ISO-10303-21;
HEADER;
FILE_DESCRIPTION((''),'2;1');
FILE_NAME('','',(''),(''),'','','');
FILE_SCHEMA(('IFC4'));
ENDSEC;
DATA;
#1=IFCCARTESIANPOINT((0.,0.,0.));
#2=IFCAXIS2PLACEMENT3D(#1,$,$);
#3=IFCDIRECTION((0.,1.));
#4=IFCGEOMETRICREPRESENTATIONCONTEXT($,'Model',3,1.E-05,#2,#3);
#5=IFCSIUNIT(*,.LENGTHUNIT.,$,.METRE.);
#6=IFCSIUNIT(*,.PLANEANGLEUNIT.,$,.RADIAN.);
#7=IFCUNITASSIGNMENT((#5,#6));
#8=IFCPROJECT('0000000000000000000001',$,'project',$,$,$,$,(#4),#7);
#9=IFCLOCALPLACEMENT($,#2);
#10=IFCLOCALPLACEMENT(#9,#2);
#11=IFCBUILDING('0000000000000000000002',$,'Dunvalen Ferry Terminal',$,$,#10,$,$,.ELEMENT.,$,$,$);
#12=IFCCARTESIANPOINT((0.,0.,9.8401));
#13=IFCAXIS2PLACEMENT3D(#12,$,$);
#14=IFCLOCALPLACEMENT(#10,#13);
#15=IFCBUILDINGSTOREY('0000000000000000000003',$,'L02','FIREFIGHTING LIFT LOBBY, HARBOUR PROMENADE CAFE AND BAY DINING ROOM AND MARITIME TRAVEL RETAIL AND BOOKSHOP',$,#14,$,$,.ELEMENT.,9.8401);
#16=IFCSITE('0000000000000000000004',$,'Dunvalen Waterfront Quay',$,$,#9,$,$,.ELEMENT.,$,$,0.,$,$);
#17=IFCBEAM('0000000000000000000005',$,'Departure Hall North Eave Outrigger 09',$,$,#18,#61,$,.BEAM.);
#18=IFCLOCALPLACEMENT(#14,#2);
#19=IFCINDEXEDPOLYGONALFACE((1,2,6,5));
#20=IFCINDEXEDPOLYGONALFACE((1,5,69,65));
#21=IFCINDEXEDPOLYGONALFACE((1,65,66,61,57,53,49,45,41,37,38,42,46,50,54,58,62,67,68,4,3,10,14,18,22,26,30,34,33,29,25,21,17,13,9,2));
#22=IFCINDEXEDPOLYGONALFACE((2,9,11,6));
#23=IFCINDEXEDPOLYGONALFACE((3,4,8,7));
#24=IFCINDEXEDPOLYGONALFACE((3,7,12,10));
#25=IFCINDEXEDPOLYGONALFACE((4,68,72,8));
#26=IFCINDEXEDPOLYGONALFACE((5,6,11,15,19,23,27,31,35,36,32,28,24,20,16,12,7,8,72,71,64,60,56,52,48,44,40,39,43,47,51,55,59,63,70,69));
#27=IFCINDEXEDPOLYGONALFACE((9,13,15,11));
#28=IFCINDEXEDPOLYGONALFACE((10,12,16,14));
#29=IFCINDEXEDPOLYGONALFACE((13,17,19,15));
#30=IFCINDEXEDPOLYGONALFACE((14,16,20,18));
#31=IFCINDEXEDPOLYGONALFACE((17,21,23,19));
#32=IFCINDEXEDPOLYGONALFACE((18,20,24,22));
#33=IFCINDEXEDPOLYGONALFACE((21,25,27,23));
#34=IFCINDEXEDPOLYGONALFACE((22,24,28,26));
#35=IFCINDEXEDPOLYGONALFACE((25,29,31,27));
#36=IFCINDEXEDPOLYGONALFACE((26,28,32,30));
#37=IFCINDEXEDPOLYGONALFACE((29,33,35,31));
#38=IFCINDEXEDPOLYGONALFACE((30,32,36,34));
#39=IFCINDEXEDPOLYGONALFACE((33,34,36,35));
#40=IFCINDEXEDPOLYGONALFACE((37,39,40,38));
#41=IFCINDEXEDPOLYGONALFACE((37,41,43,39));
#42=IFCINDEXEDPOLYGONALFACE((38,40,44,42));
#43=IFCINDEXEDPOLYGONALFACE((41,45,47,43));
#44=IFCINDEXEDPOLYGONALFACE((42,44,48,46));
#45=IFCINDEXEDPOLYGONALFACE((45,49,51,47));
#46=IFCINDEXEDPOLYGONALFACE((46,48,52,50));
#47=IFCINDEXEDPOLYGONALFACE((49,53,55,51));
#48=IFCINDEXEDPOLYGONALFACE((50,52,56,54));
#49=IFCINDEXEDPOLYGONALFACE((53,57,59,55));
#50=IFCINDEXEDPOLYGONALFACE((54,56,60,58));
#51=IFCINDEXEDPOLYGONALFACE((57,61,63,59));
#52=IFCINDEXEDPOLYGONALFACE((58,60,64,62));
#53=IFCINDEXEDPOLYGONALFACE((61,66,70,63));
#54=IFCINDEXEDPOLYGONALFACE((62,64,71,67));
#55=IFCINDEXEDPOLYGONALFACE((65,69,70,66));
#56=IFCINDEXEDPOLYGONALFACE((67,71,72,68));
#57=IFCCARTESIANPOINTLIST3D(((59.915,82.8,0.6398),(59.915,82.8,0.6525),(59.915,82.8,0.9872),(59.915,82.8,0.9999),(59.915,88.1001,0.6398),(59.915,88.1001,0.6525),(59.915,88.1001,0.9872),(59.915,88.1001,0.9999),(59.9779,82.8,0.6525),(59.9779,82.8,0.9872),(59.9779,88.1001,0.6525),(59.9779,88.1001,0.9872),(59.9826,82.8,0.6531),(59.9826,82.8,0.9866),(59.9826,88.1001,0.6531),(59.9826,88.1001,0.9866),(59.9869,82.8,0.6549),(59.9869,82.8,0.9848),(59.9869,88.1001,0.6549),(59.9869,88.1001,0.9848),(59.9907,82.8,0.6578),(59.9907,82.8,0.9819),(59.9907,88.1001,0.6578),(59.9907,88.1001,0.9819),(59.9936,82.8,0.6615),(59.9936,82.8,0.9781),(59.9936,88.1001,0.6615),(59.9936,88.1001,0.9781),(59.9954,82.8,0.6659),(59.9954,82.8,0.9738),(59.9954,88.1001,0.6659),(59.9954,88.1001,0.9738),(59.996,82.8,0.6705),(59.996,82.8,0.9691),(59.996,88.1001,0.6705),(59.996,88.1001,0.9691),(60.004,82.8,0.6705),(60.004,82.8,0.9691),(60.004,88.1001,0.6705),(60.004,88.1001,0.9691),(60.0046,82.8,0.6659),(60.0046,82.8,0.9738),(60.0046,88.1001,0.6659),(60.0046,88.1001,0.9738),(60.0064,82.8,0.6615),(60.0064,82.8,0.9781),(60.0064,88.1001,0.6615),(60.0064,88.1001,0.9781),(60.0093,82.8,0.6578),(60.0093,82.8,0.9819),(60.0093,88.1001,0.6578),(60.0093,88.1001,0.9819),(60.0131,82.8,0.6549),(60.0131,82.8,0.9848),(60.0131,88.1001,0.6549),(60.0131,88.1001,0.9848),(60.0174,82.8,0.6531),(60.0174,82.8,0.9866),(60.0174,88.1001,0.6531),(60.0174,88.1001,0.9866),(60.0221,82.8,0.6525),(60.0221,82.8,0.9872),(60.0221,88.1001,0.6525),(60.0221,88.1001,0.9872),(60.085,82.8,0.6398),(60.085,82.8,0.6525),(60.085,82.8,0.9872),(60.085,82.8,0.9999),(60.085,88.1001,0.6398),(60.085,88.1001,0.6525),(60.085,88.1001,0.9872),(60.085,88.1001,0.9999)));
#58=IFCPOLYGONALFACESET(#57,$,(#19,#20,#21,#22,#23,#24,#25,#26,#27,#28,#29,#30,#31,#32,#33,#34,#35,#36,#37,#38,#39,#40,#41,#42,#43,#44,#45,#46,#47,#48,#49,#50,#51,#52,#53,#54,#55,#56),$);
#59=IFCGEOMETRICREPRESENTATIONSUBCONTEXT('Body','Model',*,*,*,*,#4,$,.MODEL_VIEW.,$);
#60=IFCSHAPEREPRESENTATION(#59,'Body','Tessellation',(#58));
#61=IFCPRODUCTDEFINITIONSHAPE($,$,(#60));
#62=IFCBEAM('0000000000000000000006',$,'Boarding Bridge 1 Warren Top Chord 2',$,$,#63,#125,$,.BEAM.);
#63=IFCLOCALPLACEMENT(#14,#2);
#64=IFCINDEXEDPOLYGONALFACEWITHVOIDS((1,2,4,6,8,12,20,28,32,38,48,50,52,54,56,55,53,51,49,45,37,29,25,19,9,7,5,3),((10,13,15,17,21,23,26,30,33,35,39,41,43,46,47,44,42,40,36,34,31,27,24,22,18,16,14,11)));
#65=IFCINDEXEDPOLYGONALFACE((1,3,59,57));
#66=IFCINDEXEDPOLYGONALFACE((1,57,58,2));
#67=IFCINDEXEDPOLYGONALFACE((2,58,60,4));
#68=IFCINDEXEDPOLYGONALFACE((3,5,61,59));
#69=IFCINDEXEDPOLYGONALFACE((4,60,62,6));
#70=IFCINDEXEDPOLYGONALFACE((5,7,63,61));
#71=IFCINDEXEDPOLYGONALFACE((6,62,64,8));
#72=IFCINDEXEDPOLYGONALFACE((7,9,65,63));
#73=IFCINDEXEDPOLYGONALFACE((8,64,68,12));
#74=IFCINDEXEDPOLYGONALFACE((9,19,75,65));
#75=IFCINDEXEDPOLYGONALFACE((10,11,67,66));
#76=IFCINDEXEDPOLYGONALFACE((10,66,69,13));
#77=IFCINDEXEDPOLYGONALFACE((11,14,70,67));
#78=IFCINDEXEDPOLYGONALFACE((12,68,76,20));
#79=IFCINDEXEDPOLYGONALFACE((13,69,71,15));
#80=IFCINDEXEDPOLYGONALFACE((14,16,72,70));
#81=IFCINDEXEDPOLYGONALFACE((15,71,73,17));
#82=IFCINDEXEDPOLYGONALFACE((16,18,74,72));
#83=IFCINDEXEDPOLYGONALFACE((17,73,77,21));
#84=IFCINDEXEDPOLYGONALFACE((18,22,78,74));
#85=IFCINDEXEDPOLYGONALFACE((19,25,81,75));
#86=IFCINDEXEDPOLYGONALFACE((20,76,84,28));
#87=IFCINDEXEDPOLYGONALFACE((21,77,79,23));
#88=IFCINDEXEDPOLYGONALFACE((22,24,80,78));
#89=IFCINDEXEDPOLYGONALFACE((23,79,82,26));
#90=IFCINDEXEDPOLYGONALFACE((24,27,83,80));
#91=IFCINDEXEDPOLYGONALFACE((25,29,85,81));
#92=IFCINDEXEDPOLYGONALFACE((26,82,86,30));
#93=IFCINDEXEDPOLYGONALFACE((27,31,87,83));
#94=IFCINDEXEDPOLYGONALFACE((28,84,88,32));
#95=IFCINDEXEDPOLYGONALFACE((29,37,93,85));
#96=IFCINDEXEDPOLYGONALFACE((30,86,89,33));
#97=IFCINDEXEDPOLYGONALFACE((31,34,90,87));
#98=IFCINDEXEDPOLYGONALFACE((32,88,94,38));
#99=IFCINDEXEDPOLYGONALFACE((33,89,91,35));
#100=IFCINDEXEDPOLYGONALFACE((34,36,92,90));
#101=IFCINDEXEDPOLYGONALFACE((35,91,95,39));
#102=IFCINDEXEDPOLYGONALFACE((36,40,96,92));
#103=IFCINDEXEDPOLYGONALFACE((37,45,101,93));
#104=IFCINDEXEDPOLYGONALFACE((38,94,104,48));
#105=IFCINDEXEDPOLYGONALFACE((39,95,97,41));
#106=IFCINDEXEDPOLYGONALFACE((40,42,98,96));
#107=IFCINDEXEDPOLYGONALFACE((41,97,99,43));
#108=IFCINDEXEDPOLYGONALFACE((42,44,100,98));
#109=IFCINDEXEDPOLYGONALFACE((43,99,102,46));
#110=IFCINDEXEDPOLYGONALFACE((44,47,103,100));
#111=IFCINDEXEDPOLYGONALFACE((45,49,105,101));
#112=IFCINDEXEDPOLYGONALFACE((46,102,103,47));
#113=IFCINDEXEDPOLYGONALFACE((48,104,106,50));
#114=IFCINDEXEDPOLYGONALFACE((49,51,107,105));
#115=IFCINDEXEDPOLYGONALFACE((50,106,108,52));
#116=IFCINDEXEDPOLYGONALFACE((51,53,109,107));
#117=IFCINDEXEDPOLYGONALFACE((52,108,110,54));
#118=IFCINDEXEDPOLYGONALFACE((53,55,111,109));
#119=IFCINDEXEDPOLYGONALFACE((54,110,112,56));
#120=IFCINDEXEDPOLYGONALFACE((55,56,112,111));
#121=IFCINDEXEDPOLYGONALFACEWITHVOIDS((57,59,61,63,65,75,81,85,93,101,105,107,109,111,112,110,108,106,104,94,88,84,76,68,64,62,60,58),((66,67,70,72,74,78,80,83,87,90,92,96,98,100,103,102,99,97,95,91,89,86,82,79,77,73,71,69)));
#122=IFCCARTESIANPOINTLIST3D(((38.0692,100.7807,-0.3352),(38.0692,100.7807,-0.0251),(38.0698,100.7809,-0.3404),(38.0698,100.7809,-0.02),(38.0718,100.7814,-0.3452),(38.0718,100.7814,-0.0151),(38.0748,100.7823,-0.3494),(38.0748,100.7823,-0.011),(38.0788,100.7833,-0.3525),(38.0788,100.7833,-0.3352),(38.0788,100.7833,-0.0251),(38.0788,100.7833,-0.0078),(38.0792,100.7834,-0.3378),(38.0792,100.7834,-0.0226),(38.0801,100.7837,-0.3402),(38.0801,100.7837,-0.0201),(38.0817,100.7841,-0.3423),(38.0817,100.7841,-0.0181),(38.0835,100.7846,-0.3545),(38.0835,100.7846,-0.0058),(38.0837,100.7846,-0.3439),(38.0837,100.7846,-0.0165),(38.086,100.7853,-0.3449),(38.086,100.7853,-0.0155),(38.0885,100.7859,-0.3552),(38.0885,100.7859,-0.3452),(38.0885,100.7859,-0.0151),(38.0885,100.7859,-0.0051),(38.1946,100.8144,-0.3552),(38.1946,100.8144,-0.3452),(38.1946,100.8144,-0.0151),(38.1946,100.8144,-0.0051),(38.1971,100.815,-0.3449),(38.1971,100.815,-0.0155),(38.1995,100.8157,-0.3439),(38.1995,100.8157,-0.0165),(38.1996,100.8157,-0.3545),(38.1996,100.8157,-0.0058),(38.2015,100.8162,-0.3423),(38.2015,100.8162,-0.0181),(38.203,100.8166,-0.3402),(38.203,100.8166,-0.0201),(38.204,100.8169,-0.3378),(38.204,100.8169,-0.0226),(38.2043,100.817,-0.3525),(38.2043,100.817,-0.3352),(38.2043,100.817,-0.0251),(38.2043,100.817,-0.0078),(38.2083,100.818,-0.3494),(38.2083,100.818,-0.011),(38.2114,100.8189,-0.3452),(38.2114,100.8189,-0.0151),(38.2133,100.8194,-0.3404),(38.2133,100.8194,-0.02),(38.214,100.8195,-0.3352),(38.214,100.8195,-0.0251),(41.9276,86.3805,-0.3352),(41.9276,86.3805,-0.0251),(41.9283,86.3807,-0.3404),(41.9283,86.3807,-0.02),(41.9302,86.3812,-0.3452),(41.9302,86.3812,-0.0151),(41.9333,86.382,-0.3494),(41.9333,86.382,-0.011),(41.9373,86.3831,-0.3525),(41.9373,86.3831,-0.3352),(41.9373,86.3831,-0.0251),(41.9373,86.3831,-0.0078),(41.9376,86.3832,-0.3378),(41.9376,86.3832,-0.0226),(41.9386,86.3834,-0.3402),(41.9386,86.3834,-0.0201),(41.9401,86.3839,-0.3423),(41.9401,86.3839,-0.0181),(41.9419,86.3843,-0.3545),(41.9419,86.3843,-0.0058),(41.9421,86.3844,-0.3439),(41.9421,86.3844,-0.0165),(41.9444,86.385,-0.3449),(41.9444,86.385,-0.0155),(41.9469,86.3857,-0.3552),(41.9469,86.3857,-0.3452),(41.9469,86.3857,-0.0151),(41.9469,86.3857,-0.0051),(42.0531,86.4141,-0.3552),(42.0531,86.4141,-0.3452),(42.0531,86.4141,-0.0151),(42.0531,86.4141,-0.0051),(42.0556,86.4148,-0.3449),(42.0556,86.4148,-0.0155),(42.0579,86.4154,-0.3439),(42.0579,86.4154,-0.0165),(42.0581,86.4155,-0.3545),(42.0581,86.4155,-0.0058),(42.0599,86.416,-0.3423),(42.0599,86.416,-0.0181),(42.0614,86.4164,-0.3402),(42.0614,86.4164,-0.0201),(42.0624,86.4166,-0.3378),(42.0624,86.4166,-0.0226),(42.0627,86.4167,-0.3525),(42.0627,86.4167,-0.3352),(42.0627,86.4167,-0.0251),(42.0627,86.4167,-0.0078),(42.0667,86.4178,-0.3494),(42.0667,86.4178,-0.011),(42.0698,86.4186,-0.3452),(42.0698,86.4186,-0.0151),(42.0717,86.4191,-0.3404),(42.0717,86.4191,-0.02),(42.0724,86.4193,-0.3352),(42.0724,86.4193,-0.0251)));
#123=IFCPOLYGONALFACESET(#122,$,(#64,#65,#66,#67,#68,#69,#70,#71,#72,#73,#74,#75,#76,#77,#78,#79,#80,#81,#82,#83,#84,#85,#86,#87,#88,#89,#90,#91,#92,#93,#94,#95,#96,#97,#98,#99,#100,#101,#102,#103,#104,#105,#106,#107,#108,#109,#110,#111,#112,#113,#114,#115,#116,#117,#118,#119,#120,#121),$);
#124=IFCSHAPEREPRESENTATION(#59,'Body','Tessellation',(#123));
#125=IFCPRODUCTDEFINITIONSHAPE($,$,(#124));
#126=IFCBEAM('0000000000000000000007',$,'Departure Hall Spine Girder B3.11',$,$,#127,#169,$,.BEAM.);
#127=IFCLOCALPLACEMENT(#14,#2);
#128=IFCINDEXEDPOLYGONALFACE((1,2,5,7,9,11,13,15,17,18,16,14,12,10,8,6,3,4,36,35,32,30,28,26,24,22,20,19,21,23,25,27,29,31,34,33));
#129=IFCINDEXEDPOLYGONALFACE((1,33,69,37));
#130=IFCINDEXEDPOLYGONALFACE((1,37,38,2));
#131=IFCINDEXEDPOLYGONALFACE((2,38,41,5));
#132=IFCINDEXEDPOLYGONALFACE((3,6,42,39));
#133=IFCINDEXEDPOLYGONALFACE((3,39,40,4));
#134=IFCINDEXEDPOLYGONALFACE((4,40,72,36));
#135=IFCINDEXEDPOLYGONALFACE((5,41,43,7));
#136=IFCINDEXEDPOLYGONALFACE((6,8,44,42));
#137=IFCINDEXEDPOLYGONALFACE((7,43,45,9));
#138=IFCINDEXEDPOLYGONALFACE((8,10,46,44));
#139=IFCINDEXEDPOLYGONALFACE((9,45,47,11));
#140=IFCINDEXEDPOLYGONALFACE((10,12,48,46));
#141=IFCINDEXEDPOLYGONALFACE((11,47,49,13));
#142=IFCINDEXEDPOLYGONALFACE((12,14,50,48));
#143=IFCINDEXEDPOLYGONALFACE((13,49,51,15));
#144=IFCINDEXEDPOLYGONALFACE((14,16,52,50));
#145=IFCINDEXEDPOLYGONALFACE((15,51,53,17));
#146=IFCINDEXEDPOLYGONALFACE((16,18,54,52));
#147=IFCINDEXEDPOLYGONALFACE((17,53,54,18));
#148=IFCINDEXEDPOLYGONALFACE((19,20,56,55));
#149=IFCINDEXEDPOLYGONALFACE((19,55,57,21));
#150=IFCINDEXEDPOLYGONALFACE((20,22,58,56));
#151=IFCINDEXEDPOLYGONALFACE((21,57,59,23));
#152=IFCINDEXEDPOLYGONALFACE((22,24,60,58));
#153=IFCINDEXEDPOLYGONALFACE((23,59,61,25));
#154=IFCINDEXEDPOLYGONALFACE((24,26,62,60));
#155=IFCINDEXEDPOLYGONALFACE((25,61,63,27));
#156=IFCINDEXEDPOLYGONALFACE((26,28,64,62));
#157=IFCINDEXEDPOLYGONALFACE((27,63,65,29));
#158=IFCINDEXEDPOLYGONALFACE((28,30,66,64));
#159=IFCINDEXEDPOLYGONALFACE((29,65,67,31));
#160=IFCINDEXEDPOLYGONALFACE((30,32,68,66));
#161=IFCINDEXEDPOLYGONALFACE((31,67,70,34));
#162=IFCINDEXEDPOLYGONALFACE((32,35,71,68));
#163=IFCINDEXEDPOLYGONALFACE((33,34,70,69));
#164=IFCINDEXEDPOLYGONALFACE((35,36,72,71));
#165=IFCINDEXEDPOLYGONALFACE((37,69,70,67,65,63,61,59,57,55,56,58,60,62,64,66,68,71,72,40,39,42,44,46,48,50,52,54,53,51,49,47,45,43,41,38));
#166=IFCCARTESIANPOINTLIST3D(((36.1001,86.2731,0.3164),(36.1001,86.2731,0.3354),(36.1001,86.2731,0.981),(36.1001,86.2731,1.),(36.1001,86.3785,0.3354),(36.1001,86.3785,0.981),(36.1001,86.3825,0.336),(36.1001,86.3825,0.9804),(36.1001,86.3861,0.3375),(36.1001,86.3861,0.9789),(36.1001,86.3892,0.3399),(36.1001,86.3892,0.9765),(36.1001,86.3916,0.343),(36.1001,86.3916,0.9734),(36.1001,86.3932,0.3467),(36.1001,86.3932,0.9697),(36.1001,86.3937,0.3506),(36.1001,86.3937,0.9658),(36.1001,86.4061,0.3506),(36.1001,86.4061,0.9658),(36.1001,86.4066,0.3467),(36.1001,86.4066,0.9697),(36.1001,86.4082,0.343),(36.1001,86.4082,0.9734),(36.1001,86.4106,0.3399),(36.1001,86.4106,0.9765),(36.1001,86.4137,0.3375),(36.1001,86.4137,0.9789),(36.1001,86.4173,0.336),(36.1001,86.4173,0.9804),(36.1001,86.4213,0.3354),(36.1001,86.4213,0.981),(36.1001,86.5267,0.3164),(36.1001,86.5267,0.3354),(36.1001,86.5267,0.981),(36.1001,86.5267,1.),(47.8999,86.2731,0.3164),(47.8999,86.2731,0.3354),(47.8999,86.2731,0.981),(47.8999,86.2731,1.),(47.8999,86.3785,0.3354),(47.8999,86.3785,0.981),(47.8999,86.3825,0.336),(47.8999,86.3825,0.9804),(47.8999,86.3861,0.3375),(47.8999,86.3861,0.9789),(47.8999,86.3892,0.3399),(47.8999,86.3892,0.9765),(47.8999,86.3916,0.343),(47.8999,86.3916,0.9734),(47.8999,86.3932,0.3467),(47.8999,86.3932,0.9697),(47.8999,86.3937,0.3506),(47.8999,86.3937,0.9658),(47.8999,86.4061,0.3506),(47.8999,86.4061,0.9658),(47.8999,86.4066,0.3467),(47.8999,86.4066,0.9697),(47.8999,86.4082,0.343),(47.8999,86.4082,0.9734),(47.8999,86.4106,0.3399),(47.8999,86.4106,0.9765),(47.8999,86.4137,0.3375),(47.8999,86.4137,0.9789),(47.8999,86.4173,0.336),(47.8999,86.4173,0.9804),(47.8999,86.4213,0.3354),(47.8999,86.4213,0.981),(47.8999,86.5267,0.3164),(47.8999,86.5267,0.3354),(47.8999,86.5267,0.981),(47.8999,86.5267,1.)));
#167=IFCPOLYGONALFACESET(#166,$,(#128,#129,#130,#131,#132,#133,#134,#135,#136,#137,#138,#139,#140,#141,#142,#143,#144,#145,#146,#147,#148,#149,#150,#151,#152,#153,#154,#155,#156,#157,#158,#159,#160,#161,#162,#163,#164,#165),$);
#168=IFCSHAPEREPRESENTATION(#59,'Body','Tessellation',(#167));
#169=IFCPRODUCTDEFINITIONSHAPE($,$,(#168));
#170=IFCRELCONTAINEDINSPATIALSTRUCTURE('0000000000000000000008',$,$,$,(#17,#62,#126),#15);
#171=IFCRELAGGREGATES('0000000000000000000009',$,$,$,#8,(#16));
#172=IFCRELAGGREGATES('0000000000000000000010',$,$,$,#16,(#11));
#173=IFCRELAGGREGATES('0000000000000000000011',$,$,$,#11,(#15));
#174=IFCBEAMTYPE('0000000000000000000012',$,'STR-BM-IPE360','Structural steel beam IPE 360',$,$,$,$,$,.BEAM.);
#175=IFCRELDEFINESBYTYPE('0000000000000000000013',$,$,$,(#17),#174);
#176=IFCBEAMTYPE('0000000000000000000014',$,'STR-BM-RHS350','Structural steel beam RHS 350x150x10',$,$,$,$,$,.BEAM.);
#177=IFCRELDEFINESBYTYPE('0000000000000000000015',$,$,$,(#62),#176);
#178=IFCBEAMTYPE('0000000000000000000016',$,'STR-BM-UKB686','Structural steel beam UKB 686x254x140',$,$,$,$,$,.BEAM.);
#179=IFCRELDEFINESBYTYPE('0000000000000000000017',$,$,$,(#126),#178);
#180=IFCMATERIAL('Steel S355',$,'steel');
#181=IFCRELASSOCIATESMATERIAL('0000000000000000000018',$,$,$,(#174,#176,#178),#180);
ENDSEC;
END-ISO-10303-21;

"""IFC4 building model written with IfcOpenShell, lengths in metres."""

from ifc_helpers import new_model, si_unit, direction, frame, origin, origin_2d, place, context, subcontext, project, spatial, hollow_rectangle, i_section, extrude, material, material_profile, profile_set, type_object, element, save


model = new_model("IFC4")

# Units and contexts
model_context = context("Model", 3, precision=1e-05, world=origin(), true_north=direction((0.0, 1.0)))
body_context = subcontext(model_context, "Body", "Model", "MODEL_VIEW")
ifc_project = project(units=[si_unit("LENGTHUNIT", "METRE"), si_unit("PLANEANGLEUNIT", "RADIAN")], contexts=[model_context])

# Site, building, storey
site_placement = place(None, origin())
site = spatial("IfcSite", under=ifc_project, at=site_placement, Name="Dunvalen Waterfront Quay", CompositionType="ELEMENT", RefElevation=0.0)
building_placement = place(site_placement, origin())
building = spatial("IfcBuilding", under=site, at=building_placement, Name="Dunvalen Ferry Terminal", CompositionType="ELEMENT")
storey_placement = place(building_placement, frame((0.0, 0.0, 9.8401)))
storey = spatial("IfcBuildingStorey", under=building, at=storey_placement, Name="L02", Description="FIREFIGHTING LIFT LOBBY, HARBOUR PROMENADE CAFE AND BAY DINING ROOM AND MARITIME TRAVEL RETAIL AND BOOKSHOP", CompositionType="ELEMENT", Elevation=9.8401)

# Beams
ifc_material_1 = material(Name="Steel S355", Category="steel")
ifc_material_profile_1 = material_profile(ifc_material_1, i_section(OverallWidth=0.1699, OverallDepth=0.3601, WebThickness=0.0081, FlangeThickness=0.0127, FilletRadius=0.0181, at=origin_2d()), Name="Steel S355")
ifc_profile_set_1 = profile_set([ifc_material_profile_1], Name="Steel S355")
beam_type_1 = type_object("IfcBeamType", Name="STR-BM-IPE360", Description="Structural steel beam IPE 360", PredefinedType="BEAM", material=ifc_profile_set_1)
beam_1_placement = place(storey_placement, frame((60.0, 82.8, 0.8198), z_axis=(0.0, 1.0, 0.0), x_axis=(-1.0, 0.0, 0.0)))
element("IfcBeam", 1, at=beam_1_placement, inside=storey, type_object=beam_type_1, Name="Departure Hall North Eave Outrigger 09", PredefinedType="BEAM", context=body_context, shape_type="SweptSolid", body=[
    extrude(i_section(OverallWidth=0.1699, OverallDepth=0.3601, WebThickness=0.0081, FlangeThickness=0.0127, FilletRadius=0.0181, at=origin_2d()), origin(), (0.0, 0.0, 1.0), 5.3),
])
ifc_material_profile_2 = material_profile(ifc_material_1, hollow_rectangle(XDim=0.1499, YDim=0.3501, WallThickness=0.01, InnerFilletRadius=0.01, OuterFilletRadius=0.02, at=origin_2d()), Name="Steel S355")
ifc_profile_set_2 = profile_set([ifc_material_profile_2], Name="Steel S355")
beam_type_2 = type_object("IfcBeamType", Name="STR-BM-RHS350", Description="Structural steel beam RHS 350x150x10", PredefinedType="BEAM", material=ifc_profile_set_2)
beam_2_placement = place(storey_placement, frame((42.0, 86.3999, -0.1802), z_axis=(-0.258812, 0.965928, 0.0), x_axis=(-0.965928, -0.258812, 0.0)))
element("IfcBeam", 2, at=beam_2_placement, inside=storey, type_object=beam_type_2, Name="Boarding Bridge 1 Warren Top Chord 2", PredefinedType="BEAM", context=body_context, shape_type="SweptSolid", body=[
    extrude(hollow_rectangle(XDim=0.1499, YDim=0.3501, WallThickness=0.01, InnerFilletRadius=0.01, OuterFilletRadius=0.02, at=origin_2d()), origin(), (0.0, 0.0, 1.0), 14.9082),
])
ifc_material_profile_3 = material_profile(ifc_material_1, i_section(OverallWidth=0.2537, OverallDepth=0.6836, WebThickness=0.0125, FlangeThickness=0.019, FilletRadius=0.0151, at=origin_2d()), Name="Steel S355")
ifc_profile_set_3 = profile_set([ifc_material_profile_3], Name="Steel S355")
beam_type_3 = type_object("IfcBeamType", Name="STR-BM-UKB686", Description="Structural steel beam UKB 686x254x140", PredefinedType="BEAM", material=ifc_profile_set_3)
beam_3_placement = place(storey_placement, frame((36.1001, 86.3999, 0.6582), z_axis=(1.0, 0.0, 0.0), x_axis=(0.0, 1.0, 0.0)))
element("IfcBeam", 3, at=beam_3_placement, inside=storey, type_object=beam_type_3, Name="Departure Hall Spine Girder B3.11", PredefinedType="BEAM", context=body_context, shape_type="SweptSolid", body=[
    extrude(i_section(OverallWidth=0.2537, OverallDepth=0.6836, WebThickness=0.0125, FlangeThickness=0.019, FilletRadius=0.0151, at=origin_2d()), origin(), (0.0, 0.0, 1.0), 11.7998),
])

save(model, "model.ifc")
